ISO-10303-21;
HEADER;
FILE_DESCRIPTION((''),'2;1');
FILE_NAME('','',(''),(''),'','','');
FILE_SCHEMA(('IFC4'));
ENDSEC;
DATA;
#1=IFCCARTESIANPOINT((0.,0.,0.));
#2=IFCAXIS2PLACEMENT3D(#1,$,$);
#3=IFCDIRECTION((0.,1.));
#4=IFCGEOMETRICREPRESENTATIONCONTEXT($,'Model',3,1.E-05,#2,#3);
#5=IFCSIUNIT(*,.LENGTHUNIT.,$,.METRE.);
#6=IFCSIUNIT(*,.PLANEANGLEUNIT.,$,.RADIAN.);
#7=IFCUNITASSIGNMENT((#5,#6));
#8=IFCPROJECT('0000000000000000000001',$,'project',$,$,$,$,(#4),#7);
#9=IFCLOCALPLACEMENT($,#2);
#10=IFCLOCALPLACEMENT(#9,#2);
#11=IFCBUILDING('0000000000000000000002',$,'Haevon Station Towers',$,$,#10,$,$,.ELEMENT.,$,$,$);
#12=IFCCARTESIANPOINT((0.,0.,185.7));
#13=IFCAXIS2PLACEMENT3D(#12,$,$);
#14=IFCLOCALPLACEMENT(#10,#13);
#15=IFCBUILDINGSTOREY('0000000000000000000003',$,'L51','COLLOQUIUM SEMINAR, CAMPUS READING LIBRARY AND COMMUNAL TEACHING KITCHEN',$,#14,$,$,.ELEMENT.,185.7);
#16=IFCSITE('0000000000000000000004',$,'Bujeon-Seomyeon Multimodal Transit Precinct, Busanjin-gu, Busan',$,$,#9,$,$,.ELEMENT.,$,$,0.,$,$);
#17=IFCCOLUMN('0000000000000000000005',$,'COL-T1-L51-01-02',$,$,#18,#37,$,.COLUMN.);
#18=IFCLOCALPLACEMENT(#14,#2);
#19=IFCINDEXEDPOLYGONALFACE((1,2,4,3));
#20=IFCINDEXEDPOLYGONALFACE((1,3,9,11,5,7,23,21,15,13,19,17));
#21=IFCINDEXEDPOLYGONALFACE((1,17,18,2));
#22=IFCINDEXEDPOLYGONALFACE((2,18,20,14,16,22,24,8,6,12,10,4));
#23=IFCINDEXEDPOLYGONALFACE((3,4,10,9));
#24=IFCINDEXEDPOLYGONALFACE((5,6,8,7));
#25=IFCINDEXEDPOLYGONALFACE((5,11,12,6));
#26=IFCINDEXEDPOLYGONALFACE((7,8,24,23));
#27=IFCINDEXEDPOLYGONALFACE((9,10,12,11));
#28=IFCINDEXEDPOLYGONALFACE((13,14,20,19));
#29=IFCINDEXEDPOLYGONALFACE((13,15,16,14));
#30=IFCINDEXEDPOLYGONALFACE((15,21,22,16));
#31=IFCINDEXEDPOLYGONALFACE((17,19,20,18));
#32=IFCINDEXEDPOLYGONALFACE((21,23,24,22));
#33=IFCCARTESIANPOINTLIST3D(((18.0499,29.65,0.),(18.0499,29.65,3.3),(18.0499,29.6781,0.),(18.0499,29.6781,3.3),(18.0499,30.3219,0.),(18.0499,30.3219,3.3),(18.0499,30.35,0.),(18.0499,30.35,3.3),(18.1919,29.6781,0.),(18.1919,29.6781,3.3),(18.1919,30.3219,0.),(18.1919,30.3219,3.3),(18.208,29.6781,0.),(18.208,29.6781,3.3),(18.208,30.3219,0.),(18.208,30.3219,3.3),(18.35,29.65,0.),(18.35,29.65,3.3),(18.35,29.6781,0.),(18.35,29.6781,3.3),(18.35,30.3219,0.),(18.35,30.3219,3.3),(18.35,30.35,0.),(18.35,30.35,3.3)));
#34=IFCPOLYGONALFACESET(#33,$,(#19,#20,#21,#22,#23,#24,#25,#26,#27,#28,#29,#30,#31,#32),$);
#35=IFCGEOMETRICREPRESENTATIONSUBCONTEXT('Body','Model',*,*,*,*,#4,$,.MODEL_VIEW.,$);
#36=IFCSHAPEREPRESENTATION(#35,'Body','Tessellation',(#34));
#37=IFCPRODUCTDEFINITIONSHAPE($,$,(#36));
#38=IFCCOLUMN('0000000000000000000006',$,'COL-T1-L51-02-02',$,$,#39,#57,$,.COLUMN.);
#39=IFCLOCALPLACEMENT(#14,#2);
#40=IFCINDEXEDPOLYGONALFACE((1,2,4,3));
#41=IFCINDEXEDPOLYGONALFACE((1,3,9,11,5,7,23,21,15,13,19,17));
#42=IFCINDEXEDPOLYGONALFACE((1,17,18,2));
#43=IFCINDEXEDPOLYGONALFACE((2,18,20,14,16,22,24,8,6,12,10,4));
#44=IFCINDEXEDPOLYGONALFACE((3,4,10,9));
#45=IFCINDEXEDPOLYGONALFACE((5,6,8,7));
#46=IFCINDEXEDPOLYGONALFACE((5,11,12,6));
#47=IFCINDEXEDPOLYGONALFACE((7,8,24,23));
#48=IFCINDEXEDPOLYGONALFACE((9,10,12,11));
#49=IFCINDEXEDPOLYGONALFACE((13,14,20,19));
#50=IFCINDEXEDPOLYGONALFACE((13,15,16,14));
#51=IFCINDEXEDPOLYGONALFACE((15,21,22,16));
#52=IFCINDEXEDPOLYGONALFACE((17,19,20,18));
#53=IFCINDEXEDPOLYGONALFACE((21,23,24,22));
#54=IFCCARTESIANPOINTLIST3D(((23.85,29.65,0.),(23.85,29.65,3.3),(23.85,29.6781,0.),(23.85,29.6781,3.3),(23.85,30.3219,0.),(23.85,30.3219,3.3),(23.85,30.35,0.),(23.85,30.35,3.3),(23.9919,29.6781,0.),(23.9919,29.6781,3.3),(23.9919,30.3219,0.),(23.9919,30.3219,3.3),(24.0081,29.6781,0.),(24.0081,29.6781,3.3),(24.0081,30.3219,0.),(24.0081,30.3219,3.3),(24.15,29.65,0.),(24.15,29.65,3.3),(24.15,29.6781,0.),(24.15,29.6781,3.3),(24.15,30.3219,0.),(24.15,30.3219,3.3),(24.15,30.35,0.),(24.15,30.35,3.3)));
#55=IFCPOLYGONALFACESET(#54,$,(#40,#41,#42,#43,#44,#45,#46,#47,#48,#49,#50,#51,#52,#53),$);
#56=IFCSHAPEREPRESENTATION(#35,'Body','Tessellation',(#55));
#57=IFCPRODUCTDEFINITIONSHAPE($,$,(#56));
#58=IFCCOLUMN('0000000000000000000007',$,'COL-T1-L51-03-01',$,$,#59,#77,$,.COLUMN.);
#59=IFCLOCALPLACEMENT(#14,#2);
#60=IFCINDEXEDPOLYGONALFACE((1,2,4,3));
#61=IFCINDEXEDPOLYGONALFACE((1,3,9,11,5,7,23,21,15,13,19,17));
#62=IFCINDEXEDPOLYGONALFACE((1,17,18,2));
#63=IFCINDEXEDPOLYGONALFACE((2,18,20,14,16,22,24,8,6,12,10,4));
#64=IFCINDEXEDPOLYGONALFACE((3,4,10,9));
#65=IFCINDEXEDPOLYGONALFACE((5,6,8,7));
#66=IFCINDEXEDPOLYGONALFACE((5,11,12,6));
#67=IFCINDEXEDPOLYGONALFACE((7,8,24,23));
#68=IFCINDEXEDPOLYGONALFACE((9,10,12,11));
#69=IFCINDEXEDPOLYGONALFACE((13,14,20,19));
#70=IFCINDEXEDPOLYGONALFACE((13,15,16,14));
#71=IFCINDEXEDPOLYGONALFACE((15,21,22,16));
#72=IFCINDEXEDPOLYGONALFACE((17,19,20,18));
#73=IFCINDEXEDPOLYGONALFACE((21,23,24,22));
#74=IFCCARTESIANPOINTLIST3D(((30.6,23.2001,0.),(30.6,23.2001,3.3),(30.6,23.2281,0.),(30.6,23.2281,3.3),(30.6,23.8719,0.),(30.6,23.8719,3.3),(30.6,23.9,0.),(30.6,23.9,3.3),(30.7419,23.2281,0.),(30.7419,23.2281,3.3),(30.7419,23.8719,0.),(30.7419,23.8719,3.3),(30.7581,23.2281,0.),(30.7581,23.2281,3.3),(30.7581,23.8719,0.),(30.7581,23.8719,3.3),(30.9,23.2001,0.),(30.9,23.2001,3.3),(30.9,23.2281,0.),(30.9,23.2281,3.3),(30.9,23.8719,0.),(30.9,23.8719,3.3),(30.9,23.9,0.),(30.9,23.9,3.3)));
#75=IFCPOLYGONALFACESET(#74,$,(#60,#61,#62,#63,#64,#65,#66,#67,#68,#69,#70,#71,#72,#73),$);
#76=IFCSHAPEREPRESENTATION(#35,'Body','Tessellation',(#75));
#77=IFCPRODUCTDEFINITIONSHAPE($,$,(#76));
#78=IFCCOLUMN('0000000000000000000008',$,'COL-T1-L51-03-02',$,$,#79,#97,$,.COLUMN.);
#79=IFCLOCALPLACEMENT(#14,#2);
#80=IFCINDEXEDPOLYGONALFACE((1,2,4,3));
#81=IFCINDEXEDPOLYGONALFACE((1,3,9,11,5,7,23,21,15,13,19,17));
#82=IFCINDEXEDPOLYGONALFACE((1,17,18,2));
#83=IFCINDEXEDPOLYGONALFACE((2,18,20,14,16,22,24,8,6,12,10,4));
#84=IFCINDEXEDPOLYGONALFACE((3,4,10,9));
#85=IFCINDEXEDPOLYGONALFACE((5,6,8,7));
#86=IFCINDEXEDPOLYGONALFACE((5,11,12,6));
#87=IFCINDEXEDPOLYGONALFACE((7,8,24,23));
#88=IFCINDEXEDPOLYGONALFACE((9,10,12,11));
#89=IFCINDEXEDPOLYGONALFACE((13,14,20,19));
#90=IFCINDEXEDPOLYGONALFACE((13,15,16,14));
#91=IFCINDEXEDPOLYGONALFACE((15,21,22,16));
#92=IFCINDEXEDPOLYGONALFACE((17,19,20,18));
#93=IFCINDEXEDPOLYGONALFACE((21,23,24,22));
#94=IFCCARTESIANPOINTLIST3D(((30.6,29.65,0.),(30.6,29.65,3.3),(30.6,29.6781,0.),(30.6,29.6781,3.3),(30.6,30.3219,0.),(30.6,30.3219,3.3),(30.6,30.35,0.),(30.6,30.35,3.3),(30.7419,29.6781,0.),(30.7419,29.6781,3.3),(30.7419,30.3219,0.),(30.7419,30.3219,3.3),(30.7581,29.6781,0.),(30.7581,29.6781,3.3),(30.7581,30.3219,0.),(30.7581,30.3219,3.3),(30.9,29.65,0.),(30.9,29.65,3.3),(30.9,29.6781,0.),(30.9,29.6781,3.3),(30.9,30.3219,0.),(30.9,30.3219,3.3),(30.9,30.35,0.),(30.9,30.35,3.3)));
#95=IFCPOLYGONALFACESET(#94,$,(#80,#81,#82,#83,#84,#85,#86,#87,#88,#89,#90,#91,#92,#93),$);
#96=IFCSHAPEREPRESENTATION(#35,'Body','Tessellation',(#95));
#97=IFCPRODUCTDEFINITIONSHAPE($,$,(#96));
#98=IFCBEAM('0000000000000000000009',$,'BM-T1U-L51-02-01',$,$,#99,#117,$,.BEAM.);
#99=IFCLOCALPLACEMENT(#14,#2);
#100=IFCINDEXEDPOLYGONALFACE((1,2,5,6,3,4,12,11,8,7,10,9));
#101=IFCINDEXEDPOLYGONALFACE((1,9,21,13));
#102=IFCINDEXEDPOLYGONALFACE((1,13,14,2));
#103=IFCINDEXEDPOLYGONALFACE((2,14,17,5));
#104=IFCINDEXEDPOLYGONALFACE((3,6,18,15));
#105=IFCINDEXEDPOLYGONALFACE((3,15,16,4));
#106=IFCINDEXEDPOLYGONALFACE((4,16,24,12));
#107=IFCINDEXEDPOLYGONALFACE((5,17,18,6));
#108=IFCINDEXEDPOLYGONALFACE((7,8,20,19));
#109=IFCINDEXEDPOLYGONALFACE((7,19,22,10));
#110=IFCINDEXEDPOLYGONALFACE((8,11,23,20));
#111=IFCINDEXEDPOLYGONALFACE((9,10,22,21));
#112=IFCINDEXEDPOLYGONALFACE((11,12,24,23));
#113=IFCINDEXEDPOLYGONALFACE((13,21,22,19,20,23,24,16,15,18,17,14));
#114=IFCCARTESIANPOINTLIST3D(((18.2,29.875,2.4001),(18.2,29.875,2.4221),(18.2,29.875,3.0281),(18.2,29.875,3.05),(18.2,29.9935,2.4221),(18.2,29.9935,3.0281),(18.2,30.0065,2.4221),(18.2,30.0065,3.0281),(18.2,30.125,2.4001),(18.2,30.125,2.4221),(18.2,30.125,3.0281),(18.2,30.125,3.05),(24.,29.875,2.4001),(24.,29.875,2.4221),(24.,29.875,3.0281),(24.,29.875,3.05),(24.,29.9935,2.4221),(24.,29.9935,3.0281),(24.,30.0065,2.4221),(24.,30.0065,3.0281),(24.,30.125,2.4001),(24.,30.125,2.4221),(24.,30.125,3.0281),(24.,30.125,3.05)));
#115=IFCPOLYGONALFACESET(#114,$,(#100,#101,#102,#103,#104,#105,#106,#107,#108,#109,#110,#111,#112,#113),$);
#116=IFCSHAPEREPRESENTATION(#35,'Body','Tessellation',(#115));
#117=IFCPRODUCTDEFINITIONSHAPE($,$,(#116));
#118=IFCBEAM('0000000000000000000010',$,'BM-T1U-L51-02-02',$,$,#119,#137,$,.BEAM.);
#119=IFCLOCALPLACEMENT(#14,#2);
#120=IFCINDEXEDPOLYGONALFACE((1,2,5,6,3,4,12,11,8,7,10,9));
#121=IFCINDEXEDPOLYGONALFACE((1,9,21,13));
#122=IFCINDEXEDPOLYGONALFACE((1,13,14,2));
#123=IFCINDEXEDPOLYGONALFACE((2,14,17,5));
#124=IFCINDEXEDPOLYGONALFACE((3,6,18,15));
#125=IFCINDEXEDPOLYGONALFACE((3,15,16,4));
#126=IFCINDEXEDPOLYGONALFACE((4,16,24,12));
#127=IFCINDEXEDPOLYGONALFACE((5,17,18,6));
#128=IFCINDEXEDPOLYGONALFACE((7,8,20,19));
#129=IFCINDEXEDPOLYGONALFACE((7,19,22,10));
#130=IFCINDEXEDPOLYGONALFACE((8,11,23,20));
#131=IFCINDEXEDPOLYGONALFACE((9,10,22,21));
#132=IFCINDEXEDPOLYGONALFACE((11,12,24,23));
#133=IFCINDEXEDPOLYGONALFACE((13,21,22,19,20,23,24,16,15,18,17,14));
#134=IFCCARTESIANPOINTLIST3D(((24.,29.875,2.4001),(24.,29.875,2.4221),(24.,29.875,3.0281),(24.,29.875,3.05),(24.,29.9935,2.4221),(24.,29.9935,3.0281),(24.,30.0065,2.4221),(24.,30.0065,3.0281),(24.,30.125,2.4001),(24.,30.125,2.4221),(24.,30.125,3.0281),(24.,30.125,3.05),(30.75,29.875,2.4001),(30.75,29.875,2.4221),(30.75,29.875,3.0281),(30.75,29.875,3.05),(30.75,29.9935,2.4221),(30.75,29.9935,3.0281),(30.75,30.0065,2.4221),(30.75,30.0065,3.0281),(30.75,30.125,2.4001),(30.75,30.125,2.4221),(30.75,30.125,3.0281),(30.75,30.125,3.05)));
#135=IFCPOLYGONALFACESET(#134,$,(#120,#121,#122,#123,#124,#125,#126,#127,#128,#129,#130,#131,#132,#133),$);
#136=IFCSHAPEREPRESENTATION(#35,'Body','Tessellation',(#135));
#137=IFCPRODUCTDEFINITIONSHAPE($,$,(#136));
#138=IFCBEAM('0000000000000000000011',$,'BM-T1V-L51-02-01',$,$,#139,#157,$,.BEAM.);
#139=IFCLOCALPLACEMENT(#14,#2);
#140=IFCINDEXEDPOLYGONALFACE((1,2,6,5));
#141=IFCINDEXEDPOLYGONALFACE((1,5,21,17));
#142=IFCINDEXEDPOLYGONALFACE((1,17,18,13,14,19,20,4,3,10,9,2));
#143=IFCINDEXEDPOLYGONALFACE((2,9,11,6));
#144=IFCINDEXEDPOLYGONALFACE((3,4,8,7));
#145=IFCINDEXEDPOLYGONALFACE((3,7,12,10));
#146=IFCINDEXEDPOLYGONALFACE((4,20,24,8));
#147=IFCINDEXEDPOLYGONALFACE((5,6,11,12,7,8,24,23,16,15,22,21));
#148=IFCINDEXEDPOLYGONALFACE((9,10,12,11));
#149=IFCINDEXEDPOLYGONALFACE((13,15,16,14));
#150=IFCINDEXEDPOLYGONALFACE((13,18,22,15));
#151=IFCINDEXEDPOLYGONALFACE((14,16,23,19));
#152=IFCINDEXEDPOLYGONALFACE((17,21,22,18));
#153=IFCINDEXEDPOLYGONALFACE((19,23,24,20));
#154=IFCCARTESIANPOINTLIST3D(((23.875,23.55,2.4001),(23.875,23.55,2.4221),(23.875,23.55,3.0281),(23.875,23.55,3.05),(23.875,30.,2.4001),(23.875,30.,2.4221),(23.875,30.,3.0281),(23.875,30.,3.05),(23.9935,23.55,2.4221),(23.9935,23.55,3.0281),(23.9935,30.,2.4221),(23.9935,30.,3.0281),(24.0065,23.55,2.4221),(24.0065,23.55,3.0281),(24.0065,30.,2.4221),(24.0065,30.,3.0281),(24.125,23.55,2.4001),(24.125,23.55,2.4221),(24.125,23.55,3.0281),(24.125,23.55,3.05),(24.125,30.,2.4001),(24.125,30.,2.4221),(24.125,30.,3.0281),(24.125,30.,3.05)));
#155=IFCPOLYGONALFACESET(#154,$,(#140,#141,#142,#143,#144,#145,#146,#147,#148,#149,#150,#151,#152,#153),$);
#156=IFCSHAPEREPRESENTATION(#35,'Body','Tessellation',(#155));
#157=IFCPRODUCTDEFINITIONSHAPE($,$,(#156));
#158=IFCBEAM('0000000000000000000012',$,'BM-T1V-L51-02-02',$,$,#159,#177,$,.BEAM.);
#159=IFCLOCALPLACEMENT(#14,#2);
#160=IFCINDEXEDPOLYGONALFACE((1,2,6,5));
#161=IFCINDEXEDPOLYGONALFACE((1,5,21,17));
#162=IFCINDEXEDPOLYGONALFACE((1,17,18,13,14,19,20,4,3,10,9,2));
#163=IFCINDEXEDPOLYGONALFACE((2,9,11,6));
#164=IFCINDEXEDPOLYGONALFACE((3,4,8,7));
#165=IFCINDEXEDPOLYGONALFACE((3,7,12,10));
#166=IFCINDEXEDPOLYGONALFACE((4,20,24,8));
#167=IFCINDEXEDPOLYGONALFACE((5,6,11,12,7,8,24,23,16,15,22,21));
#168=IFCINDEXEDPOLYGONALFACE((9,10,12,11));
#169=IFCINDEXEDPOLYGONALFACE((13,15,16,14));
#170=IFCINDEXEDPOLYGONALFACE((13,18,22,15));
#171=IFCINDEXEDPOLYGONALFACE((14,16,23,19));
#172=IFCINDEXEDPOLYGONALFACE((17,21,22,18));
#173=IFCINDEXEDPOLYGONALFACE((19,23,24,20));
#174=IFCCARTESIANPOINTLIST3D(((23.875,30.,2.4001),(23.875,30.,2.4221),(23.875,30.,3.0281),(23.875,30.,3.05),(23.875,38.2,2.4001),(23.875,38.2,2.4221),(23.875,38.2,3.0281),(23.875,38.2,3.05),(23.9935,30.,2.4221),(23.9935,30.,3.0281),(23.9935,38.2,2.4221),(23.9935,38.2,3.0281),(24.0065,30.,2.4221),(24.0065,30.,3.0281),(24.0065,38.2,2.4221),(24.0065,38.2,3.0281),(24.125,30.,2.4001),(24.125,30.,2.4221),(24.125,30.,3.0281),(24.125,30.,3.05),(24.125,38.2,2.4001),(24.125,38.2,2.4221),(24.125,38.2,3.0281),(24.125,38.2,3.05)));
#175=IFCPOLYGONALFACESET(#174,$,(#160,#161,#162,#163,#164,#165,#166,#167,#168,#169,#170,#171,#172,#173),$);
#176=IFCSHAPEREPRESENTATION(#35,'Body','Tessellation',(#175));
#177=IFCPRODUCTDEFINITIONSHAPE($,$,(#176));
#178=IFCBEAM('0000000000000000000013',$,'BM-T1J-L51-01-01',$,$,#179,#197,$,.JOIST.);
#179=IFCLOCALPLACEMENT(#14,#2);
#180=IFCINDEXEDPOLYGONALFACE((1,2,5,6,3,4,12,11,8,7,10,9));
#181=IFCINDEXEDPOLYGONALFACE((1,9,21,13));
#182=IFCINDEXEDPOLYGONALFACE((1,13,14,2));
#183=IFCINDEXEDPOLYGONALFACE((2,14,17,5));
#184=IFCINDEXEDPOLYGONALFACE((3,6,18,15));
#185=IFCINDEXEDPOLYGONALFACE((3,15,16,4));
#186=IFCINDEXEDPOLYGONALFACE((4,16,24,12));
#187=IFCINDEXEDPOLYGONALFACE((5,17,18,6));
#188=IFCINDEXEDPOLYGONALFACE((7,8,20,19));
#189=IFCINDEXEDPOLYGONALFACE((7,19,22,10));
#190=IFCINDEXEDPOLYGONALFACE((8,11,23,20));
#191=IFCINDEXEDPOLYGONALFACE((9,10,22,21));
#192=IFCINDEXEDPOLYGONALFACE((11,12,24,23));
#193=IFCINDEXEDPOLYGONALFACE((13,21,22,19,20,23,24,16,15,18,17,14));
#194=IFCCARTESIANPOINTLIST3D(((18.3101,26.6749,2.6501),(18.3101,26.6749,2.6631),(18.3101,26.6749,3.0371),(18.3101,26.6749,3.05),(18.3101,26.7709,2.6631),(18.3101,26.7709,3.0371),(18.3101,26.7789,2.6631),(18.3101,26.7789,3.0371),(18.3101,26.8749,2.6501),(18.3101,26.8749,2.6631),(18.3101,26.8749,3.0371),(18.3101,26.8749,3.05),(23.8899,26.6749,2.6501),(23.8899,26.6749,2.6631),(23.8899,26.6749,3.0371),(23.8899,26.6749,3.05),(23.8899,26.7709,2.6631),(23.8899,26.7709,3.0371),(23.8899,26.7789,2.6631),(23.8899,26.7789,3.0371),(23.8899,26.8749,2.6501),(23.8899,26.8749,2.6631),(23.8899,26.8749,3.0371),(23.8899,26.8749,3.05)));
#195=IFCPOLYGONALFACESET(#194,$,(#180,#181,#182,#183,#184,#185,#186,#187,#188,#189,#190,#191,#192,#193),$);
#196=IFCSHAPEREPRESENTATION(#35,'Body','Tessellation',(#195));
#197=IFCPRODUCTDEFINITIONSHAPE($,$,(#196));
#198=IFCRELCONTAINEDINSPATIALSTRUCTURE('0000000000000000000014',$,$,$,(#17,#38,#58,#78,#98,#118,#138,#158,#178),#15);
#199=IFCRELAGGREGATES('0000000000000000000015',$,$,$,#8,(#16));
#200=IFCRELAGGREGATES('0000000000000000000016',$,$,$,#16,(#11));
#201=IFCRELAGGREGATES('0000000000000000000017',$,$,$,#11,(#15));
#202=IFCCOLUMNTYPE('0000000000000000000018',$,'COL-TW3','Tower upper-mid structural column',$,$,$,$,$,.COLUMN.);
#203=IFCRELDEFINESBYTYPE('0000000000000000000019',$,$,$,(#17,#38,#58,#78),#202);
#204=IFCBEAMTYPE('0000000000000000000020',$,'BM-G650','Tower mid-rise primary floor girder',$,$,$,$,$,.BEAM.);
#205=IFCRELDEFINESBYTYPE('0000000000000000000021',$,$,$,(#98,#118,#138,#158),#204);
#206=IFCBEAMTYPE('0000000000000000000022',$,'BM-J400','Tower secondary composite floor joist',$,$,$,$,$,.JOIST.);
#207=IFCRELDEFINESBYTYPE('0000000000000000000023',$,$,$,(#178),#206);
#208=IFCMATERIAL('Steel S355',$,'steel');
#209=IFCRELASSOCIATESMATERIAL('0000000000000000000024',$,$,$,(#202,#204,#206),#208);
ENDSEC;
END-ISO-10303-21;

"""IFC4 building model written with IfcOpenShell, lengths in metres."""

from ifc_helpers import new_model, si_unit, direction, frame, origin, origin_2d, place, context, subcontext, project, spatial, i_section, extrude, material, material_profile, profile_set, type_object, element, save


model = new_model("IFC4")

# Units and contexts
model_context = context("Model", 3, precision=1e-05, world=origin(), true_north=direction((0.0, 1.0)))
body_context = subcontext(model_context, "Body", "Model", "MODEL_VIEW")
ifc_project = project(units=[si_unit("LENGTHUNIT", "METRE"), si_unit("PLANEANGLEUNIT", "RADIAN")], contexts=[model_context])

# Site, building, storey
site_placement = place(None, origin())
site = spatial("IfcSite", under=ifc_project, at=site_placement, Name="Bujeon-Seomyeon Multimodal Transit Precinct, Busanjin-gu, Busan", CompositionType="ELEMENT", RefElevation=0.0)
building_placement = place(site_placement, origin())
building = spatial("IfcBuilding", under=site, at=building_placement, Name="Haevon Station Towers", CompositionType="ELEMENT")
storey_placement = place(building_placement, frame((0.0, 0.0, 185.7)))
storey = spatial("IfcBuildingStorey", under=building, at=storey_placement, Name="L51", Description="COLLOQUIUM SEMINAR, CAMPUS READING LIBRARY AND COMMUNAL TEACHING KITCHEN", CompositionType="ELEMENT", Elevation=185.7)

# Columns
ifc_material_1 = material(Name="Steel S355", Category="steel")
ifc_material_profile_1 = material_profile(ifc_material_1, i_section(OverallWidth=0.3, OverallDepth=0.7, WebThickness=0.0161, FlangeThickness=0.0281, at=origin_2d()), Name="H-700x300x16x28")
ifc_profile_set_1 = profile_set([ifc_material_profile_1], Name="Steel S355")
column_type = type_object("IfcColumnType", Name="COL-TW3", Description="Tower upper-mid structural column", PredefinedType="COLUMN", material=ifc_profile_set_1)
for number, where, z_axis, x_axis, name in (
    (1, (18.2, 30.0, 0.0), (0.0, 0.0, 1.0), (1.0, 0.0, 0.0), "COL-T1-L51-01-02"),
    (2, (24.0, 30.0, 0.0), (0.0, 0.0, 1.0), (1.0, 0.0, 0.0), "COL-T1-L51-02-02"),
    (3, (30.75, 23.55, 0.0), (0.0, 0.0, 1.0), (1.0, 0.0, 0.0), "COL-T1-L51-03-01"),
    (4, (30.75, 30.0, 0.0), (0.0, 0.0, 1.0), (1.0, 0.0, 0.0), "COL-T1-L51-03-02"),
):
    element("IfcColumn", number, at=place(storey_placement, frame(where, z_axis=z_axis, x_axis=x_axis)), inside=storey, type_object=column_type, Name=name, PredefinedType="COLUMN", context=body_context, shape_type="SweptSolid", body=[
        extrude(i_section(OverallWidth=0.3, OverallDepth=0.7, WebThickness=0.0161, FlangeThickness=0.0281, at=origin_2d()), origin(), (0.0, 0.0, 1.0), 3.3),
    ])

# Beams
ifc_material_profile_2 = material_profile(ifc_material_1, i_section(OverallWidth=0.25, OverallDepth=0.6499, WebThickness=0.0129, FlangeThickness=0.022, at=origin_2d()), Name="H-650x250x13x22")
ifc_profile_set_2 = profile_set([ifc_material_profile_2], Name="Steel S355")
beam_type_1 = type_object("IfcBeamType", Name="BM-G650", Description="Tower mid-rise primary floor girder", PredefinedType="BEAM", material=ifc_profile_set_2)
beam_1_placement = place(storey_placement, frame((18.2, 30.0, 2.7251), z_axis=(1.0, 0.0, 0.0), x_axis=(0.0, 1.0, 0.0)))
element("IfcBeam", 5, at=beam_1_placement, inside=storey, type_object=beam_type_1, Name="BM-T1U-L51-02-01", PredefinedType="BEAM", context=body_context, shape_type="SweptSolid", body=[
    extrude(i_section(OverallWidth=0.25, OverallDepth=0.6499, WebThickness=0.0129, FlangeThickness=0.022, at=origin_2d()), origin(), (0.0, 0.0, 1.0), 5.8),
])
beam_2_placement = place(storey_placement, frame((24.0, 30.0, 2.7251), z_axis=(1.0, 0.0, 0.0), x_axis=(0.0, 1.0, 0.0)))
element("IfcBeam", 6, at=beam_2_placement, inside=storey, type_object=beam_type_1, Name="BM-T1U-L51-02-02", PredefinedType="BEAM", context=body_context, shape_type="SweptSolid", body=[
    extrude(i_section(OverallWidth=0.25, OverallDepth=0.6499, WebThickness=0.0129, FlangeThickness=0.022, at=origin_2d()), origin(), (0.0, 0.0, 1.0), 6.75),
])
beam_3_placement = place(storey_placement, frame((24.0, 23.55, 2.7251), z_axis=(0.0, 1.0, 0.0), x_axis=(-1.0, 0.0, 0.0)))
element("IfcBeam", 7, at=beam_3_placement, inside=storey, type_object=beam_type_1, Name="BM-T1V-L51-02-01", PredefinedType="BEAM", context=body_context, shape_type="SweptSolid", body=[
    extrude(i_section(OverallWidth=0.25, OverallDepth=0.6499, WebThickness=0.0129, FlangeThickness=0.022, at=origin_2d()), origin(), (0.0, 0.0, 1.0), 6.45),
])
beam_4_placement = place(storey_placement, frame((24.0, 30.0, 2.7251), z_axis=(0.0, 1.0, 0.0), x_axis=(-1.0, 0.0, 0.0)))
element("IfcBeam", 8, at=beam_4_placement, inside=storey, type_object=beam_type_1, Name="BM-T1V-L51-02-02", PredefinedType="BEAM", context=body_context, shape_type="SweptSolid", body=[
    extrude(i_section(OverallWidth=0.25, OverallDepth=0.6499, WebThickness=0.0129, FlangeThickness=0.022, at=origin_2d()), origin(), (0.0, 0.0, 1.0), 8.2),
])
ifc_material_profile_3 = material_profile(ifc_material_1, i_section(OverallWidth=0.2, OverallDepth=0.3999, WebThickness=0.0081, FlangeThickness=0.0129, at=origin_2d()), Name="H-400x200x8x13")
ifc_profile_set_3 = profile_set([ifc_material_profile_3], Name="Steel S355")
beam_type_2 = type_object("IfcBeamType", Name="BM-J400", Description="Tower secondary composite floor joist", PredefinedType="JOIST", material=ifc_profile_set_3)
beam_5_placement = place(storey_placement, frame((18.3101, 26.7749, 2.8501), z_axis=(1.0, 0.0, 0.0), x_axis=(0.0, 1.0, 0.0)))
element("IfcBeam", 9, at=beam_5_placement, inside=storey, type_object=beam_type_2, Name="BM-T1J-L51-01-01", PredefinedType="JOIST", context=body_context, shape_type="SweptSolid", body=[
    extrude(i_section(OverallWidth=0.2, OverallDepth=0.3999, WebThickness=0.0081, FlangeThickness=0.0129, at=origin_2d()), origin(), (0.0, 0.0, 1.0), 5.5798),
])

save(model, "model.ifc")
